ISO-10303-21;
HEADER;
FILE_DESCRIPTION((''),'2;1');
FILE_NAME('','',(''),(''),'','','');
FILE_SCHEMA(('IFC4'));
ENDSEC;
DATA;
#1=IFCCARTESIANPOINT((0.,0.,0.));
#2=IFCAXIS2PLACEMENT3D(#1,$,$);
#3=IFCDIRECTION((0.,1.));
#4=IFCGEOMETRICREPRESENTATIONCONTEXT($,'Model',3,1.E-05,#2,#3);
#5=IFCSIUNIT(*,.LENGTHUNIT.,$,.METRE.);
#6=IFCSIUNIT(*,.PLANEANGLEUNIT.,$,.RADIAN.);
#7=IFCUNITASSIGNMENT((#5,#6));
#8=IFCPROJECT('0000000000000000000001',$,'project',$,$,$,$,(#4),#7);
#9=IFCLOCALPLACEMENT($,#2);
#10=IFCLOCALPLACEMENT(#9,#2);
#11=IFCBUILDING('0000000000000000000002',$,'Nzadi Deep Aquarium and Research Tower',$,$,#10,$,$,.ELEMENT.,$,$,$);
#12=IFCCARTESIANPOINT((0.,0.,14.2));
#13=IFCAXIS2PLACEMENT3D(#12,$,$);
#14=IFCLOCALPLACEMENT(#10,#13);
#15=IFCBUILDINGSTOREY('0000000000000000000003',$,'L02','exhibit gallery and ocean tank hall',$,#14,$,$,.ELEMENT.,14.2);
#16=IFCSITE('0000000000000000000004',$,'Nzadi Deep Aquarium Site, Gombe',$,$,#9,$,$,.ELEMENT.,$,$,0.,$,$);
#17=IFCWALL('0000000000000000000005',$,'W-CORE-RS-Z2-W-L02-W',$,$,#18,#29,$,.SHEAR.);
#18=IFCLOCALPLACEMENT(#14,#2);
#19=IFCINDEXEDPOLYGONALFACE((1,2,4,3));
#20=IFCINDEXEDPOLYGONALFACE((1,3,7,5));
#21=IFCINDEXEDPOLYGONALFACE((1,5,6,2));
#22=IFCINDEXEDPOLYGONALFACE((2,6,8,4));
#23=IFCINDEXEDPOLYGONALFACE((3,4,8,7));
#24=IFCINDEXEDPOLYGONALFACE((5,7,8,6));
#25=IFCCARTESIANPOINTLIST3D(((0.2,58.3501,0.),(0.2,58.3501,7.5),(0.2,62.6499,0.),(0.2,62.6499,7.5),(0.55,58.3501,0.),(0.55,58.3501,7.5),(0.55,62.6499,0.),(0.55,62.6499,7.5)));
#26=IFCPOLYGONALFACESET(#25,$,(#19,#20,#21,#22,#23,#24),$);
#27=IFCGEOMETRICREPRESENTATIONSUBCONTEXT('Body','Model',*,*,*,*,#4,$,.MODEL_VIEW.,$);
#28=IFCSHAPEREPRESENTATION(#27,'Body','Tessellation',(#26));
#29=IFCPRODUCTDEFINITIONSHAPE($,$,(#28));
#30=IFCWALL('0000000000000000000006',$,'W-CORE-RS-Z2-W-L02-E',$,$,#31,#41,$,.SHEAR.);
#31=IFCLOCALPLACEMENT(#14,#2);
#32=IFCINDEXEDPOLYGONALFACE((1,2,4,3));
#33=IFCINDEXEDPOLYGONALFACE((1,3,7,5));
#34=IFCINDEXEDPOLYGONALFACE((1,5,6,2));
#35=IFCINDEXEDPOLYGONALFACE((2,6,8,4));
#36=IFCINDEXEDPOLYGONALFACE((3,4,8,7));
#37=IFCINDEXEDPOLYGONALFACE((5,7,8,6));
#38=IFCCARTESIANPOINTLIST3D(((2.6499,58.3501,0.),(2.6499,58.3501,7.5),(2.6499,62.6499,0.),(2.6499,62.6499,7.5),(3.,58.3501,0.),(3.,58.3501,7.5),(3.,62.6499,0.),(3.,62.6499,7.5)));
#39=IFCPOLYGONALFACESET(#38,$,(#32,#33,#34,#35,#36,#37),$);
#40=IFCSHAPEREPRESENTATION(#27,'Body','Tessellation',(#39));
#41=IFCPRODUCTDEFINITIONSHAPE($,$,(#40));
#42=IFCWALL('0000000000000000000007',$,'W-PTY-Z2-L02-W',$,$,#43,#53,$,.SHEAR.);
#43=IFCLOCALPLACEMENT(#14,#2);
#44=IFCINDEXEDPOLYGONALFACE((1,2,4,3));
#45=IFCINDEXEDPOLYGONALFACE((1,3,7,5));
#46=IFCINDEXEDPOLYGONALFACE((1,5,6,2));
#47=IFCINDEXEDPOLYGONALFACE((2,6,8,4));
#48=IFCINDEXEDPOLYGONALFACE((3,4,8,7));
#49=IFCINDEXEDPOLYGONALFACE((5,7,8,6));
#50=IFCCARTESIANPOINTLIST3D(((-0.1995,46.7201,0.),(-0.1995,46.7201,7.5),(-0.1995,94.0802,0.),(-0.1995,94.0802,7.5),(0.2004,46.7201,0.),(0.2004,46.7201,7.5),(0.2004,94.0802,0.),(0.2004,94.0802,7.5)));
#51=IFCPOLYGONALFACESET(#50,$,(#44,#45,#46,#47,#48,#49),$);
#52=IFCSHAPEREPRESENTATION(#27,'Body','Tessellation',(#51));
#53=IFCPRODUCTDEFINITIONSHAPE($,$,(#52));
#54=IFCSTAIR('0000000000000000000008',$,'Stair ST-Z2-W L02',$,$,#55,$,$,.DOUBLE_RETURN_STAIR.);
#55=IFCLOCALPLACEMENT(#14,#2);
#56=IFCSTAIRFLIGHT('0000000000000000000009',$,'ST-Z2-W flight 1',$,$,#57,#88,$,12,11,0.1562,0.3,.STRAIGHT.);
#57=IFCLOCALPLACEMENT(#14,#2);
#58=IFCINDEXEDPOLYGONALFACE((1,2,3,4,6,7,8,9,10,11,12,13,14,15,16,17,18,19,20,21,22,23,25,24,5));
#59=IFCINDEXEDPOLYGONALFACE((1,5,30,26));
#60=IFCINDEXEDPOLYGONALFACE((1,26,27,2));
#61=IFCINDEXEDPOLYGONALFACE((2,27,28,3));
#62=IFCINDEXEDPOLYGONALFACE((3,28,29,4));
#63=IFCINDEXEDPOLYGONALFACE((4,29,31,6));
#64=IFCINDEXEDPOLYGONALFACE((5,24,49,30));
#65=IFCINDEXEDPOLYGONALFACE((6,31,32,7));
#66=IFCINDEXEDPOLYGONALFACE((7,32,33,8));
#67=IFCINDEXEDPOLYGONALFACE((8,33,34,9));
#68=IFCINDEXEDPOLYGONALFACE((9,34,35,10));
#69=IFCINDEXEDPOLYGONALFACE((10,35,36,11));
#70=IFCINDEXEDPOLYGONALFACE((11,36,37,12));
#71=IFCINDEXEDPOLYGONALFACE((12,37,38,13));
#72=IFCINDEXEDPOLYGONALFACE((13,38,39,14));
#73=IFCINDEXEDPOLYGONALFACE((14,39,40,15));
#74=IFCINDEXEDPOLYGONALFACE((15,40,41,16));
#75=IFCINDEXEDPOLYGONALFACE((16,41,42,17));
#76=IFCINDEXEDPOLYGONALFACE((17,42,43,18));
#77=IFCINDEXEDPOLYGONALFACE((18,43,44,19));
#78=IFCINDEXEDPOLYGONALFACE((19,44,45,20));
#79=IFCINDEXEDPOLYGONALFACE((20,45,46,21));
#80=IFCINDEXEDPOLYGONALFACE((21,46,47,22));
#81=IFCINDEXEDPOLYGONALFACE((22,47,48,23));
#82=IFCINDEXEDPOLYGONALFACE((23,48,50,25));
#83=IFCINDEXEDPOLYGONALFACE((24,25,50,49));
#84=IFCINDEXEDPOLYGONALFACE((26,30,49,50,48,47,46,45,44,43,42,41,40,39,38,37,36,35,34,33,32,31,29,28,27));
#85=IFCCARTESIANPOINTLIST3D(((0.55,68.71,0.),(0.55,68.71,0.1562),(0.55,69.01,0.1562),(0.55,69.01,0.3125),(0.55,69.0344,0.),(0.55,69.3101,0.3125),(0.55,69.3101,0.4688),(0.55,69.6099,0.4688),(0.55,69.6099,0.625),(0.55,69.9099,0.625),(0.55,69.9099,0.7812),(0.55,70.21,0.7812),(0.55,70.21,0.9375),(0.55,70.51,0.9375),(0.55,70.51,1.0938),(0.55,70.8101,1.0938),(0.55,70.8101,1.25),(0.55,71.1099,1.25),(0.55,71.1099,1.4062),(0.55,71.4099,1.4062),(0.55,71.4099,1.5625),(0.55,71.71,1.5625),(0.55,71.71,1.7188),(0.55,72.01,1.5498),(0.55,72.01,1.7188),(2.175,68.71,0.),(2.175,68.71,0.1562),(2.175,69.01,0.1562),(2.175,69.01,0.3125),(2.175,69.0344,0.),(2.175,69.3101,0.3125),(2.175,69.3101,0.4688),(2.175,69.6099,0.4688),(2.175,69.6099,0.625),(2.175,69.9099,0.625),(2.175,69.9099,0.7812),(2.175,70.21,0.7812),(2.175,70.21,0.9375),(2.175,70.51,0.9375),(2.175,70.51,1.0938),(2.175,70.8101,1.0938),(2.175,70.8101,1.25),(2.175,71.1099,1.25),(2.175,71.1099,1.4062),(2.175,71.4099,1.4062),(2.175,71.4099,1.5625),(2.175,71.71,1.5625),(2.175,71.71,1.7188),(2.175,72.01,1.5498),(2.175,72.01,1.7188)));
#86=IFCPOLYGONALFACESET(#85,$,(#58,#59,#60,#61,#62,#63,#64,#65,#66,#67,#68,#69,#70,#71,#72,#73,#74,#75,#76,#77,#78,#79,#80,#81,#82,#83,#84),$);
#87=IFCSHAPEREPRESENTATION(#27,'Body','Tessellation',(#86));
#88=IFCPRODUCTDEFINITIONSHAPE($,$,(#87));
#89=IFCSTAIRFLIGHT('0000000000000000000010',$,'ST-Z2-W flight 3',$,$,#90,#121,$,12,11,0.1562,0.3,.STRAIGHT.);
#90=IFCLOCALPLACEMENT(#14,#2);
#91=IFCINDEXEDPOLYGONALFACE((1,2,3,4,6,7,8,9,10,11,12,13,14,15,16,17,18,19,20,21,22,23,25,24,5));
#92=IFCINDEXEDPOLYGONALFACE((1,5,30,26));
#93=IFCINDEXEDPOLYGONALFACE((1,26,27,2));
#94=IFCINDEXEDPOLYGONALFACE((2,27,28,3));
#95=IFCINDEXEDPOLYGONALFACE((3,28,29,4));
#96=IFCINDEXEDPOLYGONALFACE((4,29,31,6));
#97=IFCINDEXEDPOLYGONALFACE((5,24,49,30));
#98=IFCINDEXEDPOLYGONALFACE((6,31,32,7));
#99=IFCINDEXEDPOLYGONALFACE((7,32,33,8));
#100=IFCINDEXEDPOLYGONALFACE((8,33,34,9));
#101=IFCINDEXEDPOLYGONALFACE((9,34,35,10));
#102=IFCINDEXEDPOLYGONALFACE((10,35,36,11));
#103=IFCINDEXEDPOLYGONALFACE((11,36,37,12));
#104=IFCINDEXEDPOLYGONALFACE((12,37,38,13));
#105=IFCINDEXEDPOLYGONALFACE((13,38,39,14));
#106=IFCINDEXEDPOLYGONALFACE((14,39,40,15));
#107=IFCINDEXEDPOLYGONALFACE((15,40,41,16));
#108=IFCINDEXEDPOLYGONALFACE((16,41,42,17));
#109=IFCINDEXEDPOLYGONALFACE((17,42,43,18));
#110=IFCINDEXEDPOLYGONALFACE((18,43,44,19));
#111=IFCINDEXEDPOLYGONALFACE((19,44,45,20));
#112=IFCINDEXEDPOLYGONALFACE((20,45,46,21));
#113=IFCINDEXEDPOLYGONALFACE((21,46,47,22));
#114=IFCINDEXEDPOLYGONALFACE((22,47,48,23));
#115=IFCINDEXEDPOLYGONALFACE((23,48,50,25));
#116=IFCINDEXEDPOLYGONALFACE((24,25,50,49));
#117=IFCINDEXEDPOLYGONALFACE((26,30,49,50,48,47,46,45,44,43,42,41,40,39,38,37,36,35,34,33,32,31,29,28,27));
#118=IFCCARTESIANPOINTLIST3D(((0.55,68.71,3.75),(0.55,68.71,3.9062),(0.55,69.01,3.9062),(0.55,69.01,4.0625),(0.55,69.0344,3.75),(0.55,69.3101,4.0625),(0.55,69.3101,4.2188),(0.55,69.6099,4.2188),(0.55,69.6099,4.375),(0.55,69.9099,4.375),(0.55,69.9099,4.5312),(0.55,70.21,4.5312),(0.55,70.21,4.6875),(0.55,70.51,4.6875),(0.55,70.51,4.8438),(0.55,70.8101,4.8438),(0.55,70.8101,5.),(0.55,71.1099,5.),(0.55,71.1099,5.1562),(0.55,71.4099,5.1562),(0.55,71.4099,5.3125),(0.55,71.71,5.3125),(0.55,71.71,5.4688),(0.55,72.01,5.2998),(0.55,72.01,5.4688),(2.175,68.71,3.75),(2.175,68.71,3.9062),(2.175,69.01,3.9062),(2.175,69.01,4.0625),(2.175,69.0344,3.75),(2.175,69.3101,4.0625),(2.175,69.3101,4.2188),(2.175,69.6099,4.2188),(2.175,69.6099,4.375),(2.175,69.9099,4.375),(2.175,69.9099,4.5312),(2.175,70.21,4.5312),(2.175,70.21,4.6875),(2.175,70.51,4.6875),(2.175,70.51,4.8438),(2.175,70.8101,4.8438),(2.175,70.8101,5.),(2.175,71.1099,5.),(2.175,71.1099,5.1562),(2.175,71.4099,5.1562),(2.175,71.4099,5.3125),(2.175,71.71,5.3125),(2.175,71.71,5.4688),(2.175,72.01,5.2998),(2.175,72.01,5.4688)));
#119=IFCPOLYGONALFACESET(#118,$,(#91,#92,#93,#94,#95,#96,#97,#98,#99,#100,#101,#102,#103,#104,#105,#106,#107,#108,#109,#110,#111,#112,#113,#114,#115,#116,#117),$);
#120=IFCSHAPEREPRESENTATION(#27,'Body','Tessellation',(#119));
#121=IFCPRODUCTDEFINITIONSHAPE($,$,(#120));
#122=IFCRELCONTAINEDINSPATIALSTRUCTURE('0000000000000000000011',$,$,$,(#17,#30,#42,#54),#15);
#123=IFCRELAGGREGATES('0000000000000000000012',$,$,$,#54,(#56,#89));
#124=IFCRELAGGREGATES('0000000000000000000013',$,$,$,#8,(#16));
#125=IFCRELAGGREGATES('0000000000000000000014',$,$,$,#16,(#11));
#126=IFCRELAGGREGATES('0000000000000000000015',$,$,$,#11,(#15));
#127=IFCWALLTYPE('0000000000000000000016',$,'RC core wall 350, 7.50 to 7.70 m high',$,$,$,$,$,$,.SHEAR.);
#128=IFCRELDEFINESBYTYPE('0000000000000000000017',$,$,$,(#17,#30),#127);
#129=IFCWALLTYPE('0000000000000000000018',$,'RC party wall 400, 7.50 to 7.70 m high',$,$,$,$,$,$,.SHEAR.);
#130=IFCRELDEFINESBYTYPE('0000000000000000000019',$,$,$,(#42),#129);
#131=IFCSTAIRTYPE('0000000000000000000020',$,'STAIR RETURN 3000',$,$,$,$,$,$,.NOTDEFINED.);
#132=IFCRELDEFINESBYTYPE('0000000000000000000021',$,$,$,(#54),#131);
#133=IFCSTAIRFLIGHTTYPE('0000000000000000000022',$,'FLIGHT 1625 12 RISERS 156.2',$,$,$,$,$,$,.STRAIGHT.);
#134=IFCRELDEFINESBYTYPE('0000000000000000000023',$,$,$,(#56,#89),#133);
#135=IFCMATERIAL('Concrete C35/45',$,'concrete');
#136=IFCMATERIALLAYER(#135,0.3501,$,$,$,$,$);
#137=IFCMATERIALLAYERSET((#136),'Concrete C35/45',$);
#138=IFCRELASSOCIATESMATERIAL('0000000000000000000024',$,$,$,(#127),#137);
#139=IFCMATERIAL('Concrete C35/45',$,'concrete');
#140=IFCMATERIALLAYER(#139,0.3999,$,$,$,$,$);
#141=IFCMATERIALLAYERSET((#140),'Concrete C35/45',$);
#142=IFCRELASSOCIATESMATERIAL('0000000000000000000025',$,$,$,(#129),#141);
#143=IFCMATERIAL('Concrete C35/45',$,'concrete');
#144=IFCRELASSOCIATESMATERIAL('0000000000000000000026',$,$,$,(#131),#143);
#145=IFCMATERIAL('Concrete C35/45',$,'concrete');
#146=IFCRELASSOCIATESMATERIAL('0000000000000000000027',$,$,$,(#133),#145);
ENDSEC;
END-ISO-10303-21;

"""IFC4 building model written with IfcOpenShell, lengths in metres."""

from ifc_helpers import new_model, si_unit, direction, frame, frame_2d, origin, place, context, subcontext, project, spatial, polyline, rectangle, outline, extrude, material, layer, layer_set, type_object, element, aggregate, save


model = new_model("IFC4")

# Units and contexts
model_context = context("Model", 3, precision=1e-05, world=origin(), true_north=direction((0.0, 1.0)))
body_context = subcontext(model_context, "Body", "Model", "MODEL_VIEW")
ifc_project = project(units=[si_unit("LENGTHUNIT", "METRE"), si_unit("PLANEANGLEUNIT", "RADIAN")], contexts=[model_context])

# Site, building, storey
site_placement = place(None, origin())
site = spatial("IfcSite", under=ifc_project, at=site_placement, Name="Nzadi Deep Aquarium Site, Gombe", CompositionType="ELEMENT", RefElevation=0.0)
building_placement = place(site_placement, origin())
building = spatial("IfcBuilding", under=site, at=building_placement, Name="Nzadi Deep Aquarium and Research Tower", CompositionType="ELEMENT")
storey_placement = place(building_placement, frame((0.0, 0.0, 14.2)))
storey = spatial("IfcBuildingStorey", under=building, at=storey_placement, Name="L02", Description="exhibit gallery and ocean tank hall", CompositionType="ELEMENT", Elevation=14.2)

# Shared definitions
ifc_material_1 = material(Name="Concrete C35/45", Category="concrete")
ifc_layer_1 = layer(ifc_material_1, 0.3501)
ifc_layer_set_1 = layer_set([ifc_layer_1], Name="Concrete C35/45")
wall_type_1 = type_object("IfcWallType", Name="RC core wall 350, 7.50 to 7.70 m high", PredefinedType="SHEAR", material=ifc_layer_set_1)

# Walls
for number, where, z_axis, x_axis, name in (
    (1, (0.375, 58.3501, 0.0), (0.0, 0.0, 1.0), (0.0, 1.0, 0.0), "W-CORE-RS-Z2-W-L02-W"),
    (2, (2.825, 58.3501, 0.0), (0.0, 0.0, 1.0), (0.0, 1.0, 0.0), "W-CORE-RS-Z2-W-L02-E"),
):
    element("IfcWall", number, at=place(storey_placement, frame(where, z_axis=z_axis, x_axis=x_axis)), inside=storey, type_object=wall_type_1, Name=name, PredefinedType="SHEAR", context=body_context, shape_type="SweptSolid", body=[
        extrude(rectangle(XDim=4.2998, YDim=0.3501, at=frame_2d((2.1499, 0.0))), origin(), (0.0, 0.0, 1.0), 7.5),
    ])
ifc_material_2 = material(Name="Concrete C35/45", Category="concrete")
ifc_layer_2 = layer(ifc_material_2, 0.3999)
ifc_layer_set_2 = layer_set([ifc_layer_2], Name="Concrete C35/45")
wall_type_2 = type_object("IfcWallType", Name="RC party wall 400, 7.50 to 7.70 m high", PredefinedType="SHEAR", material=ifc_layer_set_2)
wall_1_placement = place(storey_placement, frame((0.0005, 46.72, 0.0), z_axis=(0.0, 0.0, 1.0), x_axis=(0.0, 1.0, 0.0)))
element("IfcWall", 3, at=wall_1_placement, inside=storey, type_object=wall_type_2, Name="W-PTY-Z2-L02-W", PredefinedType="SHEAR", context=body_context, shape_type="SweptSolid", body=[
    extrude(rectangle(XDim=47.3601, YDim=0.3999, at=frame_2d((23.6802, 0.0))), origin(), (0.0, 0.0, 1.0), 7.5),
])

# Stair, stair flights
ifc_material_3 = material(Name="Concrete C35/45", Category="concrete")
stair_type = type_object("IfcStairType", Name="STAIR RETURN 3000", PredefinedType="NOTDEFINED", material=ifc_material_3)
stair_placement = place(storey_placement, origin())
stair = element("IfcStair", 4, at=stair_placement, inside=storey, type_object=stair_type, Name="Stair ST-Z2-W L02", PredefinedType="DOUBLE_RETURN_STAIR")
ifc_material_4 = material(Name="Concrete C35/45", Category="concrete")
stair_flight_type = type_object("IfcStairFlightType", Name="FLIGHT 1625 12 RISERS 156.2", PredefinedType="STRAIGHT", material=ifc_material_4)
stair_flight_1_placement = place(storey_placement, frame((1.3625, 68.71, 0.0), z_axis=(0.0, 0.0, 1.0), x_axis=(0.0, 1.0, 0.0)))
stair_flight_1 = element("IfcStairFlight", 5, at=stair_flight_1_placement, type_object=stair_flight_type, Name="ST-Z2-W flight 1", NumberOfRisers=12, NumberOfTreads=11, PredefinedType="STRAIGHT", RiserHeight=0.1562, TreadLength=0.3, context=body_context, shape_type="SweptSolid", body=[
    extrude(outline(polyline([(0.0, 0.0), (0.0, 0.1562), (0.3, 0.1562), (0.3, 0.3125), (0.6001, 0.3125), (0.6001, 0.4688), (0.8999, 0.4688), (0.8999, 0.625), (1.2, 0.625), (1.2, 0.7812), (1.5, 0.7812), (1.5, 0.9375), (1.8, 0.9375), (1.8, 1.0938), (2.1001, 1.0938), (2.1001, 1.25), (2.3999, 1.25), (2.3999, 1.4062), (2.7, 1.4062), (2.7, 1.5625), (3.0, 1.5625), (3.0, 1.7188), (3.3, 1.7188), (3.3, 1.875), (3.3, 1.5498), (0.3245, 0.0), (0.0, 0.0)])), frame((0.0, 0.8125, 0.0), z_axis=(0.0, -1.0, 0.0), x_axis=(1.0, 0.0, 0.0)), (0.0, 0.0, 1.0), 1.625),
])
stair_flight_2_placement = place(storey_placement, frame((1.3625, 68.71, 3.75), z_axis=(0.0, 0.0, 1.0), x_axis=(0.0, 1.0, 0.0)))
stair_flight_2 = element("IfcStairFlight", 6, at=stair_flight_2_placement, type_object=stair_flight_type, Name="ST-Z2-W flight 3", NumberOfRisers=12, NumberOfTreads=11, PredefinedType="STRAIGHT", RiserHeight=0.1562, TreadLength=0.3, context=body_context, shape_type="SweptSolid", body=[
    extrude(outline(polyline([(0.0, 0.0), (0.0, 0.1562), (0.3, 0.1562), (0.3, 0.3125), (0.6001, 0.3125), (0.6001, 0.4688), (0.8999, 0.4688), (0.8999, 0.625), (1.2, 0.625), (1.2, 0.7812), (1.5, 0.7812), (1.5, 0.9375), (1.8, 0.9375), (1.8, 1.0938), (2.1001, 1.0938), (2.1001, 1.25), (2.3999, 1.25), (2.3999, 1.4062), (2.7, 1.4062), (2.7, 1.5625), (3.0, 1.5625), (3.0, 1.7188), (3.3, 1.7188), (3.3, 1.875), (3.3, 1.5498), (0.3245, 0.0), (0.0, 0.0)])), frame((0.0, 0.8125, 0.0), z_axis=(0.0, -1.0, 0.0), x_axis=(1.0, 0.0, 0.0)), (0.0, 0.0, 1.0), 1.625),
])
aggregate(stair, [stair_flight_1, stair_flight_2])

save(model, "model.ifc")
